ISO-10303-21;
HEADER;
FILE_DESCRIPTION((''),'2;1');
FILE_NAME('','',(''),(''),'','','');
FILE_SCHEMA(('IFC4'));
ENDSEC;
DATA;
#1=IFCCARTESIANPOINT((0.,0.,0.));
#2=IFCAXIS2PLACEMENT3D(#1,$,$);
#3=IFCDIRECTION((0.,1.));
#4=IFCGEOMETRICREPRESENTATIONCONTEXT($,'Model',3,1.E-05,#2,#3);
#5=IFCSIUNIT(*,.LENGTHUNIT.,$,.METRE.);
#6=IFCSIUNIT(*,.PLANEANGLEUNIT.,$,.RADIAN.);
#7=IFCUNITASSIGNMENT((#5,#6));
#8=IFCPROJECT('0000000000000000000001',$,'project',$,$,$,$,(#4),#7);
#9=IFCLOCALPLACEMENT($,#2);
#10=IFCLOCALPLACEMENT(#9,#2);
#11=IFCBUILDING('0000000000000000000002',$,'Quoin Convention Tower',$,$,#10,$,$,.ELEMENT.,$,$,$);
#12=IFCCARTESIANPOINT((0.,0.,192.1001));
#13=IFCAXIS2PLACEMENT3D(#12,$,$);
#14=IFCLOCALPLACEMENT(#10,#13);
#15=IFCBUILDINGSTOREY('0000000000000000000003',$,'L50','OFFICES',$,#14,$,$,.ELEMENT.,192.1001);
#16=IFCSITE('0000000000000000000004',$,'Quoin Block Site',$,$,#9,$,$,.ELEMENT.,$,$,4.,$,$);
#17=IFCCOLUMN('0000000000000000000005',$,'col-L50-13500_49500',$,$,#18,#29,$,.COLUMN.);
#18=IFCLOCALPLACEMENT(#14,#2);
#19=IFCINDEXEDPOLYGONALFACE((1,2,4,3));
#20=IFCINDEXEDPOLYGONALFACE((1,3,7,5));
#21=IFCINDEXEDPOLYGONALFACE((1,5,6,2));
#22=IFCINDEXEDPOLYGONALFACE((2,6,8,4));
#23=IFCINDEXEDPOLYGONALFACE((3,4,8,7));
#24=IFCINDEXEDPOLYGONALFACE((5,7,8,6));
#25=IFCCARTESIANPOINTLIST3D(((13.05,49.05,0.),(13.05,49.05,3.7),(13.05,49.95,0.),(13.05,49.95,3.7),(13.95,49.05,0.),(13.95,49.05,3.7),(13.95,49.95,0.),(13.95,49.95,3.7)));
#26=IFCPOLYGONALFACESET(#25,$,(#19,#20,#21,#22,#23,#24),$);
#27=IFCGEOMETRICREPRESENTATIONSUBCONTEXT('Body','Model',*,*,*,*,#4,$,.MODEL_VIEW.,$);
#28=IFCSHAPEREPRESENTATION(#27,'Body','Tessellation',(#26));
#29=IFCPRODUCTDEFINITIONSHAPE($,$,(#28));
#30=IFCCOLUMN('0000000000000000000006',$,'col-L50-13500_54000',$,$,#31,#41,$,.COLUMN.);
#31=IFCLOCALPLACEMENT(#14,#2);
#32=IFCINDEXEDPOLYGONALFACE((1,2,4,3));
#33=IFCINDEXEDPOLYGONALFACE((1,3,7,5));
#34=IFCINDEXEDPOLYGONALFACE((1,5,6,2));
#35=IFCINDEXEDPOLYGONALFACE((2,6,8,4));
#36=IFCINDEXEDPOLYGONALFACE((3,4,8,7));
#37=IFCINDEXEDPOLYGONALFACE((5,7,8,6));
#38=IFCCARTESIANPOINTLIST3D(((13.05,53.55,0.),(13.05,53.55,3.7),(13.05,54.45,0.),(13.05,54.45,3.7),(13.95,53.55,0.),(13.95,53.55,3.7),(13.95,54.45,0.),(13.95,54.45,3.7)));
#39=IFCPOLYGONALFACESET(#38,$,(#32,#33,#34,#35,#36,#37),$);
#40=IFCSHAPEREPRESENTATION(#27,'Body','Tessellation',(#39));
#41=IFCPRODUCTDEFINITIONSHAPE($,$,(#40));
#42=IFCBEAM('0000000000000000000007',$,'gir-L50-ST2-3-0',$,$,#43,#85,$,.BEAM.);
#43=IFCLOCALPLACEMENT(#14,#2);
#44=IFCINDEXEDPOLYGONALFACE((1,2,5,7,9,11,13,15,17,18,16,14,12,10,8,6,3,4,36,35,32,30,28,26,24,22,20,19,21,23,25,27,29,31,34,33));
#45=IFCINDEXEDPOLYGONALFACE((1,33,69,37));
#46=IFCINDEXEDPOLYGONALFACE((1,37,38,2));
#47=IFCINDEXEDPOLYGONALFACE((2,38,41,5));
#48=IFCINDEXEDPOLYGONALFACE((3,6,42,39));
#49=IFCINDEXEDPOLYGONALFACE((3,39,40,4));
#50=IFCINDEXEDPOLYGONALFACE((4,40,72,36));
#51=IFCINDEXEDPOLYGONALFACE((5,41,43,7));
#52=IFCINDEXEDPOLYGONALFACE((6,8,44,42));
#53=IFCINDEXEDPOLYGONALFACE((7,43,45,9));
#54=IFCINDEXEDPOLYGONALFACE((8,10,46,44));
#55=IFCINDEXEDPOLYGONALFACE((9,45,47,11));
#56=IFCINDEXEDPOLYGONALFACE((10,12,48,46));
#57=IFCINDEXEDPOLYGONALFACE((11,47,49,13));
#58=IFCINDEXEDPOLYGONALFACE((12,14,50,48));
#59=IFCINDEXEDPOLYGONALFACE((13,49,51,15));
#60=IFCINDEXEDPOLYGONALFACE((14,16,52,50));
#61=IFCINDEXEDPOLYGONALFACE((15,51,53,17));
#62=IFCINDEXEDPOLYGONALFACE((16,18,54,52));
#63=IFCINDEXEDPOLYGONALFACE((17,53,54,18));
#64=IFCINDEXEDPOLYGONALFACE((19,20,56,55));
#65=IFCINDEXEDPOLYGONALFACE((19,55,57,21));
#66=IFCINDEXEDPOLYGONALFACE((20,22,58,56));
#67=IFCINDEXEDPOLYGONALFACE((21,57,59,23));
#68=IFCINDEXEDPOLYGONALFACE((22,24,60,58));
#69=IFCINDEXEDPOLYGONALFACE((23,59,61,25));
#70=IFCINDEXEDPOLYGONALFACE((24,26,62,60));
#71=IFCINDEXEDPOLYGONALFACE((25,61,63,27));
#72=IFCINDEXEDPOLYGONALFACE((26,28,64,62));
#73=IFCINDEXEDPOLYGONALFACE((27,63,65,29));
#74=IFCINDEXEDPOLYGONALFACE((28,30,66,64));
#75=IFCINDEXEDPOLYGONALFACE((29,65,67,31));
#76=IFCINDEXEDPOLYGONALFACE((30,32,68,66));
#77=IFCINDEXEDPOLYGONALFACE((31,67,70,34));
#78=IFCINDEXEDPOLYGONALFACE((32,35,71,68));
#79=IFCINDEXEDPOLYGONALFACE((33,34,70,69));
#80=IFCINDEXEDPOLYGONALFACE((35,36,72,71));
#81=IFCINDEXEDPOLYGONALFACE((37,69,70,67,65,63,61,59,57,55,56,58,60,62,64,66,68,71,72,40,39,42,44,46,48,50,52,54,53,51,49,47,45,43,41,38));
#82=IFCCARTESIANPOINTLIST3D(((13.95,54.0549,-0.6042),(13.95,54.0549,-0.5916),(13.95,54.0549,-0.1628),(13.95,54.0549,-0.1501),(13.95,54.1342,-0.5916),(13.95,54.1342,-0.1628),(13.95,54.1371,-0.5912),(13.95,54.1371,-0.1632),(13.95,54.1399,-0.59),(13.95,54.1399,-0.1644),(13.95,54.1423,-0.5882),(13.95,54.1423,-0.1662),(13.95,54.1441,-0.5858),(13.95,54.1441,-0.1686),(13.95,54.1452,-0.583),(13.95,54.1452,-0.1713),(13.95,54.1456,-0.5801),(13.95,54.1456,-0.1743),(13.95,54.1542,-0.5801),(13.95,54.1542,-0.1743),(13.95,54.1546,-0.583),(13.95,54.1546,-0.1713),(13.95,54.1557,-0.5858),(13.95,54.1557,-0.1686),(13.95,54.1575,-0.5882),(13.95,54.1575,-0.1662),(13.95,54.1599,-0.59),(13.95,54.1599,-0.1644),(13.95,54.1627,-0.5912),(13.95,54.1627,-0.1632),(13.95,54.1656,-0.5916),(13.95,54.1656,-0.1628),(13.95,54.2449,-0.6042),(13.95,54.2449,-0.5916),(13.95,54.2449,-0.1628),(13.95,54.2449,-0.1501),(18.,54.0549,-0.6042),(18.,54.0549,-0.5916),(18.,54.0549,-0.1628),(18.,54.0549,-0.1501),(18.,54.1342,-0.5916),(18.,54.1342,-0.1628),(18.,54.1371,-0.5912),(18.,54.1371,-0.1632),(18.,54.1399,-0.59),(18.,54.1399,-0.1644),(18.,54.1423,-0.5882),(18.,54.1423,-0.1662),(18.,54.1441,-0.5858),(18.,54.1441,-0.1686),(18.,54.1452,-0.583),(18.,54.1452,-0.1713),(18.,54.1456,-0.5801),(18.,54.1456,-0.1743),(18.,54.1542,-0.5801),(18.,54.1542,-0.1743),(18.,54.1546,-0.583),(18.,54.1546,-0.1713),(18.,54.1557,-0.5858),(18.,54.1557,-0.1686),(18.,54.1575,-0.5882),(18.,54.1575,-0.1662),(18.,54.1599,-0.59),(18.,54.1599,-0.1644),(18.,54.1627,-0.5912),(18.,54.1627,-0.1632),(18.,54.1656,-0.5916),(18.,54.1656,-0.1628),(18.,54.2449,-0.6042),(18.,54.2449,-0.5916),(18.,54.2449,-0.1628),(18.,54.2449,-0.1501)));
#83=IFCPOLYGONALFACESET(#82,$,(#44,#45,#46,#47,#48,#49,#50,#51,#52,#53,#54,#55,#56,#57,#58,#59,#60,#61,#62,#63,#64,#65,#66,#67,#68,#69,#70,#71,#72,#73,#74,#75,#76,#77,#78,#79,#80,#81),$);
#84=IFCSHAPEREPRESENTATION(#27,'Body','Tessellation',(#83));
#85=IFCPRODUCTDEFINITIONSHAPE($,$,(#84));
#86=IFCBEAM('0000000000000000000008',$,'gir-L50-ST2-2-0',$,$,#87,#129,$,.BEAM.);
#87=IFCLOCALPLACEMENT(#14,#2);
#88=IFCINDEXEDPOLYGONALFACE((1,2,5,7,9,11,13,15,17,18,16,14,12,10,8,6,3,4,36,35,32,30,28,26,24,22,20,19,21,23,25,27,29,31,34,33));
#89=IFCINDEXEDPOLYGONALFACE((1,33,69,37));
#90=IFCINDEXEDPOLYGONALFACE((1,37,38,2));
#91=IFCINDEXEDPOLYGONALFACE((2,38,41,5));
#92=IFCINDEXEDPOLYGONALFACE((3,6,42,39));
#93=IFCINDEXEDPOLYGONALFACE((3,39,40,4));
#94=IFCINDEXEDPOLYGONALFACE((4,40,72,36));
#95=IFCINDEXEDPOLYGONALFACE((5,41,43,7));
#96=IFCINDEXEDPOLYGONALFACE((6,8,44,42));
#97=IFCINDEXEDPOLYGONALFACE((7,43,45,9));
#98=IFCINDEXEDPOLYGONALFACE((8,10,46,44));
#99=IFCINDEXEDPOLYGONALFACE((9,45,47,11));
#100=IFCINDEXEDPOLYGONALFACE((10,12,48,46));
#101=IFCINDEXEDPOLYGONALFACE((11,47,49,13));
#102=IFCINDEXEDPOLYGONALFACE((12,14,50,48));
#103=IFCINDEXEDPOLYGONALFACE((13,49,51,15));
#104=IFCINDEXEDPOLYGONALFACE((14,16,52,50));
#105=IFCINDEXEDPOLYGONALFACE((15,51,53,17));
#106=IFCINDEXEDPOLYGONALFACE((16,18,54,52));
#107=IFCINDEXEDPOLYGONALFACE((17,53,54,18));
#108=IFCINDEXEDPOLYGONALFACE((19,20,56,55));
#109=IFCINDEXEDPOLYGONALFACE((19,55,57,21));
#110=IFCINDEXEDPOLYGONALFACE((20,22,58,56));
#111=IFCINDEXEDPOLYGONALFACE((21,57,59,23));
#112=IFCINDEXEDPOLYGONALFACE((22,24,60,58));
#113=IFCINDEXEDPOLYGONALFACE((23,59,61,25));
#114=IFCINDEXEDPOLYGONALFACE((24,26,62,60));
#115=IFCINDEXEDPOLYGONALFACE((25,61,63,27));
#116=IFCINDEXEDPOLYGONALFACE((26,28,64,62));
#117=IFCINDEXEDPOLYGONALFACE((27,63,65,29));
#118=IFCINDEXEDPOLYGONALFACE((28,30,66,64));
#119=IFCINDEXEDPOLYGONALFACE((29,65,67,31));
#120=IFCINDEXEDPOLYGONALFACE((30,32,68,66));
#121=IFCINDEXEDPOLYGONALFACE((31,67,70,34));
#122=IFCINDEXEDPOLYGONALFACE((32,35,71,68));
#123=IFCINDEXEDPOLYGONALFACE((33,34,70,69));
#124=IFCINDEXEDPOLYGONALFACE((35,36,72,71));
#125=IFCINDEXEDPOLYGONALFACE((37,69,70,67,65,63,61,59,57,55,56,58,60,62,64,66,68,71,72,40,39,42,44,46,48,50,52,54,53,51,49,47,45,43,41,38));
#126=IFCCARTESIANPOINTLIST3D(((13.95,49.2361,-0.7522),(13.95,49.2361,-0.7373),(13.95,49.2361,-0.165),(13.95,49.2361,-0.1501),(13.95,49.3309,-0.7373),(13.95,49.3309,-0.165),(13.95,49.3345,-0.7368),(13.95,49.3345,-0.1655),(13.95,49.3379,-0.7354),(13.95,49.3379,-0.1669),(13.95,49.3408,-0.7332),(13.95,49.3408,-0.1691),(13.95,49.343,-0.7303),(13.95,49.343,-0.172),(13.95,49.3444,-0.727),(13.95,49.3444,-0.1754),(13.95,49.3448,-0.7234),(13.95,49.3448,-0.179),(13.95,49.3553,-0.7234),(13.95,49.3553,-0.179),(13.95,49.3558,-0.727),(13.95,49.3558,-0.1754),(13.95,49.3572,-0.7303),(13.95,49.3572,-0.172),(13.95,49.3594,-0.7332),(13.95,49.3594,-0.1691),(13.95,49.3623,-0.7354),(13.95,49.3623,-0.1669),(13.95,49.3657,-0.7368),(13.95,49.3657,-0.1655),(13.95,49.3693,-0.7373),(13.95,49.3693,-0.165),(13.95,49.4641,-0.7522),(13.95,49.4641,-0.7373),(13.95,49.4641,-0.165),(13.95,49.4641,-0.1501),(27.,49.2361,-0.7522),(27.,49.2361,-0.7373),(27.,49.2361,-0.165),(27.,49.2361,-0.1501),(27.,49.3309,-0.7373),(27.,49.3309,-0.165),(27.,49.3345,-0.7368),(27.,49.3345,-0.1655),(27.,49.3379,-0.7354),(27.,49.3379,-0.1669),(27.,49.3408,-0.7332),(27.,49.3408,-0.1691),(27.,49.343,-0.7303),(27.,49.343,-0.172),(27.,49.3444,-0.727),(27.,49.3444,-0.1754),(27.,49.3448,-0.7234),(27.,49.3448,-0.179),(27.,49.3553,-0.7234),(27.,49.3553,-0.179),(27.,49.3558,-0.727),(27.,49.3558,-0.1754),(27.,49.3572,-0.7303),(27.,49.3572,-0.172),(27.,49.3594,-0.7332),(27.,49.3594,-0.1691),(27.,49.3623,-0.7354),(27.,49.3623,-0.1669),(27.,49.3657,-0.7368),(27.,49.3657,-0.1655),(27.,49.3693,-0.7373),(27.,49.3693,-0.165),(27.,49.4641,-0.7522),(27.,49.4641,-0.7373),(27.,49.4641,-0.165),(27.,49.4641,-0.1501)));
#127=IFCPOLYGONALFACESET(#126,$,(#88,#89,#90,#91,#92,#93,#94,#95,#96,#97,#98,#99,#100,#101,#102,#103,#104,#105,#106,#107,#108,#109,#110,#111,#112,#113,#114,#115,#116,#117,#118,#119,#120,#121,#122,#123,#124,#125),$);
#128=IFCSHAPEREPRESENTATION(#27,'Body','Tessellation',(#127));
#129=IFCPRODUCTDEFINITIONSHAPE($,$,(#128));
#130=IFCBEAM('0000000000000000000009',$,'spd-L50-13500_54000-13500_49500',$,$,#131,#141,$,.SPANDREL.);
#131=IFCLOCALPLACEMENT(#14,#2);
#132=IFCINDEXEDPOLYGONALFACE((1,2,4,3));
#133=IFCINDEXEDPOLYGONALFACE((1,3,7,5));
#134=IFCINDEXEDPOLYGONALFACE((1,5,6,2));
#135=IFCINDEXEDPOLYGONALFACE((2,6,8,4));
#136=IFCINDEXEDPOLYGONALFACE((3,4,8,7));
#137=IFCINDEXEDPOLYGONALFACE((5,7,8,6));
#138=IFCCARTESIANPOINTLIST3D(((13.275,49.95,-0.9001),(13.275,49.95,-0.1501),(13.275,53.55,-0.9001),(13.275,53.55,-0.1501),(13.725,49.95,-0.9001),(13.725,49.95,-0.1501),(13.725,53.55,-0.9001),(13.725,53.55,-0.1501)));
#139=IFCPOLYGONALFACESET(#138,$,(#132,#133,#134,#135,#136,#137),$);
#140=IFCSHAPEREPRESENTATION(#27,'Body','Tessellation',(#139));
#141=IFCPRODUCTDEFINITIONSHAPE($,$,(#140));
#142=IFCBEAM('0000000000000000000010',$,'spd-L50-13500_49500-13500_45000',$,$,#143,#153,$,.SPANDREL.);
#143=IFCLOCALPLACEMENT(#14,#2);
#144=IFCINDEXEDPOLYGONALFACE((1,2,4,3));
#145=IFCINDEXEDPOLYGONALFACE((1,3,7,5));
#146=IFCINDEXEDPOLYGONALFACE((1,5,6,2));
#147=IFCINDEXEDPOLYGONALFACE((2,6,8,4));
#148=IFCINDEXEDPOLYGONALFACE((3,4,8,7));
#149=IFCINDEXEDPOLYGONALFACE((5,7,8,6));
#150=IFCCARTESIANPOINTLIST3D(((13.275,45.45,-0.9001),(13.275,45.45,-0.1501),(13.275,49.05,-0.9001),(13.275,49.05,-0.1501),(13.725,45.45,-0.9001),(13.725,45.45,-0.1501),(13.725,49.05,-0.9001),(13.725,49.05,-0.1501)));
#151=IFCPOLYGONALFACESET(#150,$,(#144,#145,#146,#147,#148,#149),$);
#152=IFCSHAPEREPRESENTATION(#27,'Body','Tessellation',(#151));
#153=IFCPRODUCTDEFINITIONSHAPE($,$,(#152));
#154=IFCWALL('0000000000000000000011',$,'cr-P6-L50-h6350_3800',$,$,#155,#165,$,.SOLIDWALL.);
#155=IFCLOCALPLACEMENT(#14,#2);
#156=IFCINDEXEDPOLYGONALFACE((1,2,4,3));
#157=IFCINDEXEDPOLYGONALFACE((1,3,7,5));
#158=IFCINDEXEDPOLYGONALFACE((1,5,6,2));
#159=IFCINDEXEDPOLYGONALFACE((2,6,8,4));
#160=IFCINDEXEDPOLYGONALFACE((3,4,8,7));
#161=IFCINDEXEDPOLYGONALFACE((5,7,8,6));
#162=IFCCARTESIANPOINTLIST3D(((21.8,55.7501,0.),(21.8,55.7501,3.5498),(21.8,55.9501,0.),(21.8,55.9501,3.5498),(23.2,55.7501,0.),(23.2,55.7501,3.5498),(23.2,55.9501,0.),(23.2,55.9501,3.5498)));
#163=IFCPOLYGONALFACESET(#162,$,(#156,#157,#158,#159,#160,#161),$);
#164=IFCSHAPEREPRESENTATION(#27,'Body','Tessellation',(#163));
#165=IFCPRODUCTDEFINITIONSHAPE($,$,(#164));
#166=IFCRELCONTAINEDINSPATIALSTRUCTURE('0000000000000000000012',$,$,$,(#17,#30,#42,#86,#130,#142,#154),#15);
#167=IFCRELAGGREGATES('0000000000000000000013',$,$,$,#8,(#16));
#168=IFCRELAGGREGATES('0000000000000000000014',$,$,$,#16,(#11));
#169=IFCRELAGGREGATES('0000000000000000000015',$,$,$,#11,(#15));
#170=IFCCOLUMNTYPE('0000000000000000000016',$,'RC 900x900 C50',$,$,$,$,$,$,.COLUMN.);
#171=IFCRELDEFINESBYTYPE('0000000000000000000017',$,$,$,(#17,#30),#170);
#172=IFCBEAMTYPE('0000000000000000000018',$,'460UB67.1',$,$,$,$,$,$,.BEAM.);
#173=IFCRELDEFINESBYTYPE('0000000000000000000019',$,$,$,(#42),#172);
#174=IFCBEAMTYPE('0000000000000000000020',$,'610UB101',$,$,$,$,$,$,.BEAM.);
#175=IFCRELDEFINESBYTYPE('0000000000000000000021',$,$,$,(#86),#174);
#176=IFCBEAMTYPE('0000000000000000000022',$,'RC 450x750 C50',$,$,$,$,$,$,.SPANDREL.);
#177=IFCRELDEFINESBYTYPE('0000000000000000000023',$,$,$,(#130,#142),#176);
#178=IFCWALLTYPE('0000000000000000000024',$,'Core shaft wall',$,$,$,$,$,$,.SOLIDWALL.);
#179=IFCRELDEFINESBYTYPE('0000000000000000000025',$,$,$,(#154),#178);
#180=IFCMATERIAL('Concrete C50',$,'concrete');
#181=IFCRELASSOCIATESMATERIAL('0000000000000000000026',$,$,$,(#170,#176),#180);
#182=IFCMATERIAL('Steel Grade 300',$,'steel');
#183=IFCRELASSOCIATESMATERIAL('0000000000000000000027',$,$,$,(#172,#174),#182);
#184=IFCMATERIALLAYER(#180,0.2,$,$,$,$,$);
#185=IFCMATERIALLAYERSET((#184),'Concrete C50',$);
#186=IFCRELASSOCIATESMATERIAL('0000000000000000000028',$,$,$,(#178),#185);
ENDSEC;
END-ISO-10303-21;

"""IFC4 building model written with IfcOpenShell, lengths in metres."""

from ifc_helpers import new_model, si_unit, direction, frame, frame_2d, origin, origin_2d, place, context, subcontext, project, spatial, rectangle, i_section, extrude, material, layer, layer_set, material_profile, profile_set, type_object, element, save


model = new_model("IFC4")

# Units and contexts
model_context = context("Model", 3, precision=1e-05, world=origin(), true_north=direction((0.0, 1.0)))
body_context = subcontext(model_context, "Body", "Model", "MODEL_VIEW")
ifc_project = project(units=[si_unit("LENGTHUNIT", "METRE"), si_unit("PLANEANGLEUNIT", "RADIAN")], contexts=[model_context])

# Site, building, storey
site_placement = place(None, origin())
site = spatial("IfcSite", under=ifc_project, at=site_placement, Name="Quoin Block Site", CompositionType="ELEMENT", RefElevation=4.0)
building_placement = place(site_placement, origin())
building = spatial("IfcBuilding", under=site, at=building_placement, Name="Quoin Convention Tower", CompositionType="ELEMENT")
storey_placement = place(building_placement, frame((0.0, 0.0, 192.1001)))
storey = spatial("IfcBuildingStorey", under=building, at=storey_placement, Name="L50", Description="OFFICES", CompositionType="ELEMENT", Elevation=192.1001)

# Columns
ifc_material_1 = material(Name="Concrete C50", Category="concrete")
ifc_material_profile_1 = material_profile(ifc_material_1, rectangle(XDim=0.8999, YDim=0.8999, at=origin_2d()), Name="RC 900x900")
ifc_profile_set_1 = profile_set([ifc_material_profile_1], Name="Concrete C50")
column_type = type_object("IfcColumnType", Name="RC 900x900 C50", PredefinedType="COLUMN", material=ifc_profile_set_1)
for number, where, z_axis, x_axis, name in (
    (1, (13.5, 49.5, 0.0), (0.0, 0.0, 1.0), (1.0, 0.0, 0.0), "col-L50-13500_49500"),
    (2, (13.5, 54.0, 0.0), (0.0, 0.0, 1.0), (1.0, 0.0, 0.0), "col-L50-13500_54000"),
):
    element("IfcColumn", number, at=place(storey_placement, frame(where, z_axis=z_axis, x_axis=x_axis)), inside=storey, type_object=column_type, Name=name, PredefinedType="COLUMN", context=body_context, shape_type="SweptSolid", body=[
        extrude(rectangle(XDim=0.8999, YDim=0.8999, at=origin_2d()), origin(), (0.0, 0.0, 1.0), 3.7),
    ])

# Beams
ifc_material_2 = material(Name="Steel Grade 300", Category="steel")
ifc_material_profile_2 = material_profile(ifc_material_2, i_section(OverallWidth=0.1899, OverallDepth=0.4541, WebThickness=0.0085, FlangeThickness=0.0127, FilletRadius=0.0115, at=origin_2d()), Name="460UB67.1")
ifc_profile_set_2 = profile_set([ifc_material_profile_2], Name="Steel Grade 300")
beam_type_1 = type_object("IfcBeamType", Name="460UB67.1", PredefinedType="BEAM", material=ifc_profile_set_2)
beam_1_placement = place(storey_placement, frame((13.95, 54.1499, -0.3772), z_axis=(1.0, 0.0, 0.0), x_axis=(0.0, 1.0, 0.0)))
element("IfcBeam", 3, at=beam_1_placement, inside=storey, type_object=beam_type_1, Name="gir-L50-ST2-3-0", PredefinedType="BEAM", context=body_context, shape_type="SweptSolid", body=[
    extrude(i_section(OverallWidth=0.1899, OverallDepth=0.4541, WebThickness=0.0085, FlangeThickness=0.0127, FilletRadius=0.0115, at=origin_2d()), origin(), (0.0, 0.0, 1.0), 4.05),
])
ifc_material_profile_3 = material_profile(ifc_material_2, i_section(OverallWidth=0.228, OverallDepth=0.6021, WebThickness=0.0105, FlangeThickness=0.0149, FilletRadius=0.0139, at=origin_2d()), Name="610UB101")
ifc_profile_set_3 = profile_set([ifc_material_profile_3], Name="Steel Grade 300")
beam_type_2 = type_object("IfcBeamType", Name="610UB101", PredefinedType="BEAM", material=ifc_profile_set_3)
beam_2_placement = place(storey_placement, frame((13.95, 49.3501, -0.4512), z_axis=(1.0, 0.0, 0.0), x_axis=(0.0, 1.0, 0.0)))
element("IfcBeam", 4, at=beam_2_placement, inside=storey, type_object=beam_type_2, Name="gir-L50-ST2-2-0", PredefinedType="BEAM", context=body_context, shape_type="SweptSolid", body=[
    extrude(i_section(OverallWidth=0.228, OverallDepth=0.6021, WebThickness=0.0105, FlangeThickness=0.0149, FilletRadius=0.0139, at=origin_2d()), origin(), (0.0, 0.0, 1.0), 13.05),
])
ifc_material_profile_4 = material_profile(ifc_material_1, rectangle(XDim=0.45, YDim=0.75, at=origin_2d()), Name="RC 450x750")
ifc_profile_set_4 = profile_set([ifc_material_profile_4], Name="Concrete C50")
beam_type_3 = type_object("IfcBeamType", Name="RC 450x750 C50", PredefinedType="SPANDREL", material=ifc_profile_set_4)
for number, where, z_axis, x_axis, name in (
    (5, (13.5, 53.55, -0.5251), (0.0, -1.0, 0.0), (1.0, 0.0, 0.0), "spd-L50-13500_54000-13500_49500"),
    (6, (13.5, 49.05, -0.5251), (0.0, -1.0, 0.0), (1.0, 0.0, 0.0), "spd-L50-13500_49500-13500_45000"),
):
    element("IfcBeam", number, at=place(storey_placement, frame(where, z_axis=z_axis, x_axis=x_axis)), inside=storey, type_object=beam_type_3, Name=name, PredefinedType="SPANDREL", context=body_context, shape_type="SweptSolid", body=[
        extrude(rectangle(XDim=0.45, YDim=0.75, at=origin_2d()), origin(), (0.0, 0.0, 1.0), 3.6001),
    ])

# Wall
ifc_layer_1 = layer(ifc_material_1, 0.2)
ifc_layer_set_1 = layer_set([ifc_layer_1], Name="Concrete C50")
wall_type_1 = type_object("IfcWallType", Name="Core shaft wall", PredefinedType="SOLIDWALL", material=ifc_layer_set_1)
wall_1_placement = place(storey_placement, frame((21.8, 55.8501, 0.0), z_axis=(0.0, 0.0, 1.0), x_axis=(1.0, 0.0, 0.0)))
element("IfcWall", 7, at=wall_1_placement, inside=storey, type_object=wall_type_1, Name="cr-P6-L50-h6350_3800", PredefinedType="SOLIDWALL", context=body_context, shape_type="SweptSolid", body=[
    extrude(rectangle(XDim=1.3999, YDim=0.2, at=frame_2d((0.7, 0.0))), origin(), (0.0, 0.0, 1.0), 3.5498),
])

save(model, "model.ifc")
